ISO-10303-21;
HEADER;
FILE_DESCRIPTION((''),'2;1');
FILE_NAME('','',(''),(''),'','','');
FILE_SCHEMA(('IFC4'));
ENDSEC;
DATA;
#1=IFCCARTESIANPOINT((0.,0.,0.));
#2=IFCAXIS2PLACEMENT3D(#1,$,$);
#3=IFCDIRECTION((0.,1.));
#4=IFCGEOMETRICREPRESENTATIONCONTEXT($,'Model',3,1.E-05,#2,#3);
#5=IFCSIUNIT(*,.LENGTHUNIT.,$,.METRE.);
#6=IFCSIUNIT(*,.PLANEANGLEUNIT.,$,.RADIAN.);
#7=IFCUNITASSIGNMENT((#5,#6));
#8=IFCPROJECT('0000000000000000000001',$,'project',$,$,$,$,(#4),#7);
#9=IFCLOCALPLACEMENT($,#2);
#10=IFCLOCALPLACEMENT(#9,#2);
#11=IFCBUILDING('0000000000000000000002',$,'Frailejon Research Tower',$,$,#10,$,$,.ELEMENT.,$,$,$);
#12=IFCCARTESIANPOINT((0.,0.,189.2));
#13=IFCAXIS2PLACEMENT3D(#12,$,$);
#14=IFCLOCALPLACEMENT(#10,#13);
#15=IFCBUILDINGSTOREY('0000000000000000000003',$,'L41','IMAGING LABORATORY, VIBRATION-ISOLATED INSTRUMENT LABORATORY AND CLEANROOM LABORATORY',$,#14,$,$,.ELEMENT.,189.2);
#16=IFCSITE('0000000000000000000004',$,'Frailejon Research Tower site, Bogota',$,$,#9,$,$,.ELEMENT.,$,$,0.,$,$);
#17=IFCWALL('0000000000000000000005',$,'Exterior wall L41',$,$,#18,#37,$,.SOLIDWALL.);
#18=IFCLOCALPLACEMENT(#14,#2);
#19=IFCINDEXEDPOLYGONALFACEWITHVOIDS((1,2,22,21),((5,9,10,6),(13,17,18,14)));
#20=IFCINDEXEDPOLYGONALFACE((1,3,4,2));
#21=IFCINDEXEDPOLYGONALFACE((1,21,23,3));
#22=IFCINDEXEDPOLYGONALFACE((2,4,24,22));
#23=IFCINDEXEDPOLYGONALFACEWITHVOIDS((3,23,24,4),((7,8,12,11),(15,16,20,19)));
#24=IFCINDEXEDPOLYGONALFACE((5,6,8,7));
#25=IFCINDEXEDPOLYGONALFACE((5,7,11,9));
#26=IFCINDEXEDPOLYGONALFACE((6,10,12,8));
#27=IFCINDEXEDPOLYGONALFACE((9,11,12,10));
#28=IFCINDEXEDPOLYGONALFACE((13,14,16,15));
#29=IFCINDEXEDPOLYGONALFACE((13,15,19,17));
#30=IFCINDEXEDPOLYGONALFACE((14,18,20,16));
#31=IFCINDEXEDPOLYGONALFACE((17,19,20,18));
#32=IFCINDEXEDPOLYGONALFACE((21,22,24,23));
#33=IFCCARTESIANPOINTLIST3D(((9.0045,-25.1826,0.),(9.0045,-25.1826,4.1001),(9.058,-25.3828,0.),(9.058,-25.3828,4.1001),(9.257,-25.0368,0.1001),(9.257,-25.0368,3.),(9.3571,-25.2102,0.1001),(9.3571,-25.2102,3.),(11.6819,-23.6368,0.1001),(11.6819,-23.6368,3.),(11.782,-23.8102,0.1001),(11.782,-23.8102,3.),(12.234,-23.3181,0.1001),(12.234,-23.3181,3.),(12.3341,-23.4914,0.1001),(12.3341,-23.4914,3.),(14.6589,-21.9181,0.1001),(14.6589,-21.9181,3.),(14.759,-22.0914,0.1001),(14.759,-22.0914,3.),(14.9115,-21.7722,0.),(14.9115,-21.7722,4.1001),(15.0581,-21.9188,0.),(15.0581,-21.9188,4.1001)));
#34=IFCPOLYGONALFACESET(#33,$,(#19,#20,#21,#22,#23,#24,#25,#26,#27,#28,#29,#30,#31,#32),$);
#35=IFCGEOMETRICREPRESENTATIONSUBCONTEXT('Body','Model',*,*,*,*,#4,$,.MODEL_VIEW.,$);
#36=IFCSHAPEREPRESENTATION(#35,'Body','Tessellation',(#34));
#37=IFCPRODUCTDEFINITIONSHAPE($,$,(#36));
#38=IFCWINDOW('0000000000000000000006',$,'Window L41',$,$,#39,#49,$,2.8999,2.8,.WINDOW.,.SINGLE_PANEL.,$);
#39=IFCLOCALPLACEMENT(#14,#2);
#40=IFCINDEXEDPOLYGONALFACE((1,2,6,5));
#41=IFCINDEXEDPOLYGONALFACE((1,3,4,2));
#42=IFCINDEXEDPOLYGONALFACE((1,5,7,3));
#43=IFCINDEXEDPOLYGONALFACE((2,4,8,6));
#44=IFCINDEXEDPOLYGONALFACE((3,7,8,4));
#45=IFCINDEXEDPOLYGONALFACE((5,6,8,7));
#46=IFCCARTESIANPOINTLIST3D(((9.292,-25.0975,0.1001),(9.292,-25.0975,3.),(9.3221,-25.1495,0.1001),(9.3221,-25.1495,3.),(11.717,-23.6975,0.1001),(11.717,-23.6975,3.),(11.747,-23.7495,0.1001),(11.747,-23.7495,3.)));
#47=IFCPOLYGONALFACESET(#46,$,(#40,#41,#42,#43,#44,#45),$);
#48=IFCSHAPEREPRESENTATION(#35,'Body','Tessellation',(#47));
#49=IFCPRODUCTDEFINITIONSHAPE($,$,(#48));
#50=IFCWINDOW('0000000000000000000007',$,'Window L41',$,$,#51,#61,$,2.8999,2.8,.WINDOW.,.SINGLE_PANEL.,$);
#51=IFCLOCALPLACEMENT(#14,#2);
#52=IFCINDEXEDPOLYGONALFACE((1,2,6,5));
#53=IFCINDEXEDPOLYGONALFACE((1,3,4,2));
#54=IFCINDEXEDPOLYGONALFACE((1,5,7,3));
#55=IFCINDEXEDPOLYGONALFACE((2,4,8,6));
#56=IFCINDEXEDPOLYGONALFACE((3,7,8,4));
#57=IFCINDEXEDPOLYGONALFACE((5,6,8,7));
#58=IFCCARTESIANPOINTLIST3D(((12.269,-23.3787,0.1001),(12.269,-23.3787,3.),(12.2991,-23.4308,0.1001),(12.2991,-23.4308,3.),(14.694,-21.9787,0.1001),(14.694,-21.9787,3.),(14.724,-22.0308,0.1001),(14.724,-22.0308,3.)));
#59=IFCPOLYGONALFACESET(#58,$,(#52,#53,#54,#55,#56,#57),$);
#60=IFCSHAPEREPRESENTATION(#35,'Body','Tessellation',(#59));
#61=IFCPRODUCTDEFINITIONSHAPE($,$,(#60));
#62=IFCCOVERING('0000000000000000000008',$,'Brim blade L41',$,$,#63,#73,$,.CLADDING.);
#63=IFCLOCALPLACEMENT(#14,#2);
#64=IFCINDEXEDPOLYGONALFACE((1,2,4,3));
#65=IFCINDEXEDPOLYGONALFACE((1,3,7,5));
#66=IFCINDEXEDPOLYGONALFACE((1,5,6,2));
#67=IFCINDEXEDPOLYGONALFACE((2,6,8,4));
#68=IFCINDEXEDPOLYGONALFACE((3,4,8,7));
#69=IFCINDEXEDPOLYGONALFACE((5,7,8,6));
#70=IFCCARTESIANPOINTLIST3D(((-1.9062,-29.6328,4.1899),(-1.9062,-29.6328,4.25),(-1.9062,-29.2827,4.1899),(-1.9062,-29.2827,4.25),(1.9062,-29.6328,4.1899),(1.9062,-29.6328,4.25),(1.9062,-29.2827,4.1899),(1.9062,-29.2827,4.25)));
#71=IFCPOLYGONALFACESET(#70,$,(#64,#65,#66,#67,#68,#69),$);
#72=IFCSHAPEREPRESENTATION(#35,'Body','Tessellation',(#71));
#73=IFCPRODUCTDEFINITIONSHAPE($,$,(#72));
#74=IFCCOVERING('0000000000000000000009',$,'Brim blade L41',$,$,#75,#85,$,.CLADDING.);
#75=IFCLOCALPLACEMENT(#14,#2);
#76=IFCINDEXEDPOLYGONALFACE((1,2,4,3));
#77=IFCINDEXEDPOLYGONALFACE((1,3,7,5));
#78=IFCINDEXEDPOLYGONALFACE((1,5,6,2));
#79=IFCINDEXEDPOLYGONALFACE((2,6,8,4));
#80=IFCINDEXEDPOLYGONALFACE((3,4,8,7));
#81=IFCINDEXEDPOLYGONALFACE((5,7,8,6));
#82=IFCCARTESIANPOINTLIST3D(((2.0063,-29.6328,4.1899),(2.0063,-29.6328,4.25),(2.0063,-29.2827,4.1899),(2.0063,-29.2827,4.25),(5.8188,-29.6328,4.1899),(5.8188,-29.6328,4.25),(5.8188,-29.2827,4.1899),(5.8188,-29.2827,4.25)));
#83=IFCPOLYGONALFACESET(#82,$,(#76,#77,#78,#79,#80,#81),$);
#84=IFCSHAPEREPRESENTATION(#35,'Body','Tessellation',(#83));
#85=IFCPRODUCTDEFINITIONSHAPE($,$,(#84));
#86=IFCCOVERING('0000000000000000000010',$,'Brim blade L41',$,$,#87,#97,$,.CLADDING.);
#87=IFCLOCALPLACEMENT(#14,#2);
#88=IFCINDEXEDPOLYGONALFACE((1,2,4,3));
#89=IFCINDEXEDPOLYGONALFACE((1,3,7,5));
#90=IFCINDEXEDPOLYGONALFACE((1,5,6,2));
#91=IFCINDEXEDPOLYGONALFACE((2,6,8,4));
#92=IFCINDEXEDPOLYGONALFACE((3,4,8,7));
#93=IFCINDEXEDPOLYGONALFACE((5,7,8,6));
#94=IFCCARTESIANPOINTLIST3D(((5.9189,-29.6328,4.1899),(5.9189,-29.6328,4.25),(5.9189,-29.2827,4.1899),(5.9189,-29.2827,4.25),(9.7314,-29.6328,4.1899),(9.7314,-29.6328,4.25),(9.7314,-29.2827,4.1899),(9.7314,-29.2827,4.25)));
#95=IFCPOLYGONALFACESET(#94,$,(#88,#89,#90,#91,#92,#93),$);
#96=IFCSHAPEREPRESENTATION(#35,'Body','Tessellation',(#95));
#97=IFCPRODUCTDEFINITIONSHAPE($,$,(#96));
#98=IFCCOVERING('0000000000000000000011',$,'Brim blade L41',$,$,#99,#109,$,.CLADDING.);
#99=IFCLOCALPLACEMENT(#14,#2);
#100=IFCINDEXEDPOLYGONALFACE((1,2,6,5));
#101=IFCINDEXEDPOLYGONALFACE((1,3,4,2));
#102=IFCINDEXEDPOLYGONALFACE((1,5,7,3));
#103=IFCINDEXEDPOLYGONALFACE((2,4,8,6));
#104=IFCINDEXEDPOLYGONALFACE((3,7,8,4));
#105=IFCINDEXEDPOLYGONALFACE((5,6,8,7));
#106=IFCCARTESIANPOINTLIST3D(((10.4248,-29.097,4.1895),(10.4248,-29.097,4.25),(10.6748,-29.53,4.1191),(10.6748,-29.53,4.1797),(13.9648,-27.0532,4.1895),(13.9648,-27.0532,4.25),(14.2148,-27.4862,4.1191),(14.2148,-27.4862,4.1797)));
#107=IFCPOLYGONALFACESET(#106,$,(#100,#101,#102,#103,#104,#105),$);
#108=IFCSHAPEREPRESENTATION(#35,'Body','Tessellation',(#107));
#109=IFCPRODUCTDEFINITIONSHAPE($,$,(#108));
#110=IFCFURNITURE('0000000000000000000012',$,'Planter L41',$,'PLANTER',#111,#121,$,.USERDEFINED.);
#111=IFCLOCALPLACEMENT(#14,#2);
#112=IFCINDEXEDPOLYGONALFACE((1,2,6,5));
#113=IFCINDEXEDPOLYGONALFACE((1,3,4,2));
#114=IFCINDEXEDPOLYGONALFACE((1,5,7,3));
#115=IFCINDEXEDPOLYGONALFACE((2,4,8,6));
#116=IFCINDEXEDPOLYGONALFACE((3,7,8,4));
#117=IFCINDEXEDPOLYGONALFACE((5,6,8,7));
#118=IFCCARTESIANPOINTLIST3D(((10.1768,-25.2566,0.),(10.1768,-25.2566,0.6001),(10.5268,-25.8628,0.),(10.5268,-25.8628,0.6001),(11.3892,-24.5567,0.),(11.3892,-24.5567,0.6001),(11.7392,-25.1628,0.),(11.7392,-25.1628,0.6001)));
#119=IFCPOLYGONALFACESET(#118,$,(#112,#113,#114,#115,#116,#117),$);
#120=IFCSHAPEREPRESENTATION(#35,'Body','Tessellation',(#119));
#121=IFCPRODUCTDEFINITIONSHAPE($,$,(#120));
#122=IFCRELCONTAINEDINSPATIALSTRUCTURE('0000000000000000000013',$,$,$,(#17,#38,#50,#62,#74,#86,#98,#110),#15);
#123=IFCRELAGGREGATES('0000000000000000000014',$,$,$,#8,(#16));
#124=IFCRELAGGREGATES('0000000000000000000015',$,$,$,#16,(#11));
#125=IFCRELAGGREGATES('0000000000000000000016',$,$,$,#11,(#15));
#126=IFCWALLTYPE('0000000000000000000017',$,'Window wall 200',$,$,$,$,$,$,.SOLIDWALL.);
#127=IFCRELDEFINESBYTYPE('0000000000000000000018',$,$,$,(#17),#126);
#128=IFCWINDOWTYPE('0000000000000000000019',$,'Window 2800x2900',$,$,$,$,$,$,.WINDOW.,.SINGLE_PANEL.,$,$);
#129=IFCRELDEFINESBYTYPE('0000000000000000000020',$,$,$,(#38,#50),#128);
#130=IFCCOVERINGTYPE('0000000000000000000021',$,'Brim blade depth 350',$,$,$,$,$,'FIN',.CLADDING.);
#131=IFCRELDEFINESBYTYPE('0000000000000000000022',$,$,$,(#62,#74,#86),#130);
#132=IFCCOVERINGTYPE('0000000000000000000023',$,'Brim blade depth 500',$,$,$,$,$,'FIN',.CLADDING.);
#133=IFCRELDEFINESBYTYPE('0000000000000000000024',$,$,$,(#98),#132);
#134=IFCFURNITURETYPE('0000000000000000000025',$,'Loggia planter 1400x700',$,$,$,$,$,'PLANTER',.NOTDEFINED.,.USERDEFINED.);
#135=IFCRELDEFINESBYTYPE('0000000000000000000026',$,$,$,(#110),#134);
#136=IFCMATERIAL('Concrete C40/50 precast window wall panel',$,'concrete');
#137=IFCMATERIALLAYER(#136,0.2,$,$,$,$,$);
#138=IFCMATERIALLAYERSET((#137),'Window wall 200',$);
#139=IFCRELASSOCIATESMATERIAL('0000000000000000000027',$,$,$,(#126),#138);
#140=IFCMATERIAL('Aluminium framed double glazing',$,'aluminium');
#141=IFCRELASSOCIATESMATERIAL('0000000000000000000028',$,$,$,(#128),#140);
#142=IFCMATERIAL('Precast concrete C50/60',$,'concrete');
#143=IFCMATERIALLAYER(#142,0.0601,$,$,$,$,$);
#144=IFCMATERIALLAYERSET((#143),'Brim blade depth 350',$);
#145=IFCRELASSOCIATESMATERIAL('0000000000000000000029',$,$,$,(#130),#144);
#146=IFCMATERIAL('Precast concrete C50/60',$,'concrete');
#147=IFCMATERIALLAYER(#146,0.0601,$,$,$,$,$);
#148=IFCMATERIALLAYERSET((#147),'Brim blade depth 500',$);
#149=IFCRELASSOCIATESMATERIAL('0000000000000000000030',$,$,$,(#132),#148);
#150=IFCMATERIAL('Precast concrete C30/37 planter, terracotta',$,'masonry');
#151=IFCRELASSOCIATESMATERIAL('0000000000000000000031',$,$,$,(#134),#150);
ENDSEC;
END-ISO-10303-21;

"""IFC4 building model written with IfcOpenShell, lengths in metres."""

from ifc_helpers import new_model, si_unit, direction, frame, frame_2d, origin, origin_2d, place, context, subcontext, project, spatial, polyline, rectangle, outline, extrude, material, layer, layer_set, type_object, element, fill, save


model = new_model("IFC4")

# Units and contexts
model_context = context("Model", 3, precision=1e-05, world=origin(), true_north=direction((0.0, 1.0)))
body_context = subcontext(model_context, "Body", "Model", "MODEL_VIEW")
ifc_project = project(units=[si_unit("LENGTHUNIT", "METRE"), si_unit("PLANEANGLEUNIT", "RADIAN")], contexts=[model_context])

# Site, building, storey
site_placement = place(None, origin())
site = spatial("IfcSite", under=ifc_project, at=site_placement, Name="Frailejon Research Tower site, Bogota", CompositionType="ELEMENT", RefElevation=0.0)
building_placement = place(site_placement, origin())
building = spatial("IfcBuilding", under=site, at=building_placement, Name="Frailejon Research Tower", CompositionType="ELEMENT")
storey_placement = place(building_placement, frame((0.0, 0.0, 189.2)))
storey = spatial("IfcBuildingStorey", under=building, at=storey_placement, Name="L41", Description="IMAGING LABORATORY, VIBRATION-ISOLATED INSTRUMENT LABORATORY AND CLEANROOM LABORATORY", CompositionType="ELEMENT", Elevation=189.2)

# Wall, openings, windows
ifc_material_1 = material(Name="Concrete C40/50 precast window wall panel", Category="concrete")
ifc_layer_1 = layer(ifc_material_1, 0.2)
ifc_layer_set_1 = layer_set([ifc_layer_1], Name="Window wall 200")
wall_type = type_object("IfcWallType", Name="Window wall 200", PredefinedType="SOLIDWALL", material=ifc_layer_set_1)
wall_placement = place(storey_placement, frame((9.0312, -25.2827, 0.0), z_axis=(0.0, 0.0, 1.0), x_axis=(0.866029, 0.499993, 0.0)))
wall = element("IfcWall", 1, at=wall_placement, inside=storey, type_object=wall_type, Name="Exterior wall L41", PredefinedType="SOLIDWALL", context=body_context, shape_type="SweptSolid", body=[
    extrude(outline(polyline([(-0.0269, -0.1001), (1.1279, -0.1001), (2.2825, -0.1001), (3.4373, -0.1001), (4.592, -0.1001), (5.7466, -0.1001), (6.9014, -0.1001), (6.8477, 0.1001), (5.7109, 0.1001), (4.574, 0.1001), (3.4373, 0.1001), (2.3005, 0.1001), (1.1636, 0.1001), (0.0269, 0.1001), (-0.0269, -0.1001)])), origin(), (0.0, 0.0, 1.0), 4.1001),
])
opening_1_placement = place(wall_placement, frame((0.3186, 0.0, 0.1001)))
opening_1 = element("IfcOpeningElement", 2, at=opening_1_placement, cuts=wall, PredefinedType="OPENING", context=body_context, shape_type="SweptSolid", body=[
    extrude(rectangle(XDim=2.8, YDim=2.8999, at=frame_2d((1.3999, 1.45))), frame((0.0, 0.1099, 0.0), z_axis=(0.0, -1.0, 0.0), x_axis=(1.0, 0.0, 0.0)), (0.0, 0.0, 1.0), 0.22),
])
opening_2_placement = place(wall_placement, frame((3.7561, 0.0, 0.1001)))
opening_2 = element("IfcOpeningElement", 3, at=opening_2_placement, cuts=wall, PredefinedType="OPENING", context=body_context, shape_type="SweptSolid", body=[
    extrude(rectangle(XDim=2.8, YDim=2.8999, at=frame_2d((1.3999, 1.45))), frame((0.0, 0.1099, 0.0), z_axis=(0.0, -1.0, 0.0), x_axis=(1.0, 0.0, 0.0)), (0.0, 0.0, 1.0), 0.22),
])
ifc_material_2 = material(Name="Aluminium framed double glazing", Category="aluminium")
window_type = type_object("IfcWindowType", Name="Window 2800x2900", PartitioningType="SINGLE_PANEL", PredefinedType="WINDOW", material=ifc_material_2)
window_1_placement = place(opening_1_placement, origin())
window_1 = element("IfcWindow", 4, at=window_1_placement, inside=storey, type_object=window_type, Name="Window L41", OverallHeight=2.8999, OverallWidth=2.8, PartitioningType="SINGLE_PANEL", PredefinedType="WINDOW", context=body_context, shape_type="SweptSolid", body=[
    extrude(rectangle(XDim=2.8, YDim=2.8999, at=frame_2d((1.3999, 1.45))), frame((0.0, 0.03, 0.0), z_axis=(0.0, -1.0, 0.0), x_axis=(1.0, 0.0, 0.0)), (0.0, 0.0, 1.0), 0.0601),
])
fill(opening_1, window_1)
window_2_placement = place(opening_2_placement, origin())
window_2 = element("IfcWindow", 5, at=window_2_placement, inside=storey, type_object=window_type, Name="Window L41", OverallHeight=2.8999, OverallWidth=2.8, PartitioningType="SINGLE_PANEL", PredefinedType="WINDOW", context=body_context, shape_type="SweptSolid", body=[
    extrude(rectangle(XDim=2.8, YDim=2.8999, at=frame_2d((1.3999, 1.45))), frame((0.0, 0.03, 0.0), z_axis=(0.0, -1.0, 0.0), x_axis=(1.0, 0.0, 0.0)), (0.0, 0.0, 1.0), 0.0601),
])
fill(opening_2, window_2)

# Coverings
ifc_material_3 = material(Name="Precast concrete C50/60", Category="concrete")
ifc_layer_2 = layer(ifc_material_3, 0.0601)
ifc_layer_set_2 = layer_set([ifc_layer_2], Name="Brim blade depth 350")
covering_type_1 = type_object("IfcCoveringType", Name="Brim blade depth 350", ElementType="FIN", PredefinedType="CLADDING", material=ifc_layer_set_2)
for number, where, z_axis, x_axis, name in (
    (6, (1.9062, -29.2827, 4.25), (-1.0, 0.0, 0.0), (0.0, -1.0, 0.0), "Brim blade L41"),
    (7, (5.8188, -29.2827, 4.25), (-1.0, 0.0, 0.0), (0.0, -1.0, 0.0), "Brim blade L41"),
    (8, (9.7314, -29.2827, 4.25), (-1.0, 0.0, 0.0), (0.0, -1.0, 0.0), "Brim blade L41"),
):
    element("IfcCovering", number, at=place(storey_placement, frame(where, z_axis=z_axis, x_axis=x_axis)), inside=storey, type_object=covering_type_1, Name=name, PredefinedType="CLADDING", context=body_context, shape_type="SweptSolid", body=[
        extrude(outline(polyline([(0.0, -0.0601), (0.3501, -0.0601), (0.3501, 0.0), (0.0, 0.0), (0.0, -0.0601)])), origin(), (0.0, 0.0, 1.0), 3.8125),
    ])
ifc_material_4 = material(Name="Precast concrete C50/60", Category="concrete")
ifc_layer_3 = layer(ifc_material_4, 0.0601)
ifc_layer_set_3 = layer_set([ifc_layer_3], Name="Brim blade depth 500")
covering_type_2 = type_object("IfcCoveringType", Name="Brim blade depth 500", ElementType="FIN", PredefinedType="CLADDING", material=ifc_layer_set_3)
covering_placement = place(storey_placement, frame((13.9648, -27.0532, 4.25), z_axis=(-0.866027, -0.499997, 0.0), x_axis=(0.499997, -0.866027, 0.0)))
element("IfcCovering", 9, at=covering_placement, inside=storey, type_object=covering_type_2, Name="Brim blade L41", PredefinedType="CLADDING", context=body_context, shape_type="SweptSolid", body=[
    extrude(outline(polyline([(0.0, -0.0605), (0.5, -0.1309), (0.5, -0.0703), (0.0, 0.0), (0.0, -0.0605)])), origin(), (0.0, 0.0, 1.0), 4.0876),
])

# Furniture
ifc_material_5 = material(Name="Precast concrete C30/37 planter, terracotta", Category="masonry")
furniture_type = type_object("IfcFurnitureType", Name="Loggia planter 1400x700", ElementType="PLANTER", AssemblyPlace="NOTDEFINED", PredefinedType="USERDEFINED", material=ifc_material_5)
furniture_placement = place(storey_placement, frame((10.958, -25.2097, 0.0), z_axis=(0.0, 0.0, 1.0), x_axis=(0.866025, 0.5, 0.0)))
element("IfcFurniture", 10, at=furniture_placement, inside=storey, type_object=furniture_type, Name="Planter L41", ObjectType="PLANTER", PredefinedType="USERDEFINED", context=body_context, shape_type="SweptSolid", body=[
    extrude(rectangle(XDim=1.3999, YDim=0.7, at=origin_2d()), origin(), (0.0, 0.0, 1.0), 0.6001),
])

save(model, "model.ifc")
